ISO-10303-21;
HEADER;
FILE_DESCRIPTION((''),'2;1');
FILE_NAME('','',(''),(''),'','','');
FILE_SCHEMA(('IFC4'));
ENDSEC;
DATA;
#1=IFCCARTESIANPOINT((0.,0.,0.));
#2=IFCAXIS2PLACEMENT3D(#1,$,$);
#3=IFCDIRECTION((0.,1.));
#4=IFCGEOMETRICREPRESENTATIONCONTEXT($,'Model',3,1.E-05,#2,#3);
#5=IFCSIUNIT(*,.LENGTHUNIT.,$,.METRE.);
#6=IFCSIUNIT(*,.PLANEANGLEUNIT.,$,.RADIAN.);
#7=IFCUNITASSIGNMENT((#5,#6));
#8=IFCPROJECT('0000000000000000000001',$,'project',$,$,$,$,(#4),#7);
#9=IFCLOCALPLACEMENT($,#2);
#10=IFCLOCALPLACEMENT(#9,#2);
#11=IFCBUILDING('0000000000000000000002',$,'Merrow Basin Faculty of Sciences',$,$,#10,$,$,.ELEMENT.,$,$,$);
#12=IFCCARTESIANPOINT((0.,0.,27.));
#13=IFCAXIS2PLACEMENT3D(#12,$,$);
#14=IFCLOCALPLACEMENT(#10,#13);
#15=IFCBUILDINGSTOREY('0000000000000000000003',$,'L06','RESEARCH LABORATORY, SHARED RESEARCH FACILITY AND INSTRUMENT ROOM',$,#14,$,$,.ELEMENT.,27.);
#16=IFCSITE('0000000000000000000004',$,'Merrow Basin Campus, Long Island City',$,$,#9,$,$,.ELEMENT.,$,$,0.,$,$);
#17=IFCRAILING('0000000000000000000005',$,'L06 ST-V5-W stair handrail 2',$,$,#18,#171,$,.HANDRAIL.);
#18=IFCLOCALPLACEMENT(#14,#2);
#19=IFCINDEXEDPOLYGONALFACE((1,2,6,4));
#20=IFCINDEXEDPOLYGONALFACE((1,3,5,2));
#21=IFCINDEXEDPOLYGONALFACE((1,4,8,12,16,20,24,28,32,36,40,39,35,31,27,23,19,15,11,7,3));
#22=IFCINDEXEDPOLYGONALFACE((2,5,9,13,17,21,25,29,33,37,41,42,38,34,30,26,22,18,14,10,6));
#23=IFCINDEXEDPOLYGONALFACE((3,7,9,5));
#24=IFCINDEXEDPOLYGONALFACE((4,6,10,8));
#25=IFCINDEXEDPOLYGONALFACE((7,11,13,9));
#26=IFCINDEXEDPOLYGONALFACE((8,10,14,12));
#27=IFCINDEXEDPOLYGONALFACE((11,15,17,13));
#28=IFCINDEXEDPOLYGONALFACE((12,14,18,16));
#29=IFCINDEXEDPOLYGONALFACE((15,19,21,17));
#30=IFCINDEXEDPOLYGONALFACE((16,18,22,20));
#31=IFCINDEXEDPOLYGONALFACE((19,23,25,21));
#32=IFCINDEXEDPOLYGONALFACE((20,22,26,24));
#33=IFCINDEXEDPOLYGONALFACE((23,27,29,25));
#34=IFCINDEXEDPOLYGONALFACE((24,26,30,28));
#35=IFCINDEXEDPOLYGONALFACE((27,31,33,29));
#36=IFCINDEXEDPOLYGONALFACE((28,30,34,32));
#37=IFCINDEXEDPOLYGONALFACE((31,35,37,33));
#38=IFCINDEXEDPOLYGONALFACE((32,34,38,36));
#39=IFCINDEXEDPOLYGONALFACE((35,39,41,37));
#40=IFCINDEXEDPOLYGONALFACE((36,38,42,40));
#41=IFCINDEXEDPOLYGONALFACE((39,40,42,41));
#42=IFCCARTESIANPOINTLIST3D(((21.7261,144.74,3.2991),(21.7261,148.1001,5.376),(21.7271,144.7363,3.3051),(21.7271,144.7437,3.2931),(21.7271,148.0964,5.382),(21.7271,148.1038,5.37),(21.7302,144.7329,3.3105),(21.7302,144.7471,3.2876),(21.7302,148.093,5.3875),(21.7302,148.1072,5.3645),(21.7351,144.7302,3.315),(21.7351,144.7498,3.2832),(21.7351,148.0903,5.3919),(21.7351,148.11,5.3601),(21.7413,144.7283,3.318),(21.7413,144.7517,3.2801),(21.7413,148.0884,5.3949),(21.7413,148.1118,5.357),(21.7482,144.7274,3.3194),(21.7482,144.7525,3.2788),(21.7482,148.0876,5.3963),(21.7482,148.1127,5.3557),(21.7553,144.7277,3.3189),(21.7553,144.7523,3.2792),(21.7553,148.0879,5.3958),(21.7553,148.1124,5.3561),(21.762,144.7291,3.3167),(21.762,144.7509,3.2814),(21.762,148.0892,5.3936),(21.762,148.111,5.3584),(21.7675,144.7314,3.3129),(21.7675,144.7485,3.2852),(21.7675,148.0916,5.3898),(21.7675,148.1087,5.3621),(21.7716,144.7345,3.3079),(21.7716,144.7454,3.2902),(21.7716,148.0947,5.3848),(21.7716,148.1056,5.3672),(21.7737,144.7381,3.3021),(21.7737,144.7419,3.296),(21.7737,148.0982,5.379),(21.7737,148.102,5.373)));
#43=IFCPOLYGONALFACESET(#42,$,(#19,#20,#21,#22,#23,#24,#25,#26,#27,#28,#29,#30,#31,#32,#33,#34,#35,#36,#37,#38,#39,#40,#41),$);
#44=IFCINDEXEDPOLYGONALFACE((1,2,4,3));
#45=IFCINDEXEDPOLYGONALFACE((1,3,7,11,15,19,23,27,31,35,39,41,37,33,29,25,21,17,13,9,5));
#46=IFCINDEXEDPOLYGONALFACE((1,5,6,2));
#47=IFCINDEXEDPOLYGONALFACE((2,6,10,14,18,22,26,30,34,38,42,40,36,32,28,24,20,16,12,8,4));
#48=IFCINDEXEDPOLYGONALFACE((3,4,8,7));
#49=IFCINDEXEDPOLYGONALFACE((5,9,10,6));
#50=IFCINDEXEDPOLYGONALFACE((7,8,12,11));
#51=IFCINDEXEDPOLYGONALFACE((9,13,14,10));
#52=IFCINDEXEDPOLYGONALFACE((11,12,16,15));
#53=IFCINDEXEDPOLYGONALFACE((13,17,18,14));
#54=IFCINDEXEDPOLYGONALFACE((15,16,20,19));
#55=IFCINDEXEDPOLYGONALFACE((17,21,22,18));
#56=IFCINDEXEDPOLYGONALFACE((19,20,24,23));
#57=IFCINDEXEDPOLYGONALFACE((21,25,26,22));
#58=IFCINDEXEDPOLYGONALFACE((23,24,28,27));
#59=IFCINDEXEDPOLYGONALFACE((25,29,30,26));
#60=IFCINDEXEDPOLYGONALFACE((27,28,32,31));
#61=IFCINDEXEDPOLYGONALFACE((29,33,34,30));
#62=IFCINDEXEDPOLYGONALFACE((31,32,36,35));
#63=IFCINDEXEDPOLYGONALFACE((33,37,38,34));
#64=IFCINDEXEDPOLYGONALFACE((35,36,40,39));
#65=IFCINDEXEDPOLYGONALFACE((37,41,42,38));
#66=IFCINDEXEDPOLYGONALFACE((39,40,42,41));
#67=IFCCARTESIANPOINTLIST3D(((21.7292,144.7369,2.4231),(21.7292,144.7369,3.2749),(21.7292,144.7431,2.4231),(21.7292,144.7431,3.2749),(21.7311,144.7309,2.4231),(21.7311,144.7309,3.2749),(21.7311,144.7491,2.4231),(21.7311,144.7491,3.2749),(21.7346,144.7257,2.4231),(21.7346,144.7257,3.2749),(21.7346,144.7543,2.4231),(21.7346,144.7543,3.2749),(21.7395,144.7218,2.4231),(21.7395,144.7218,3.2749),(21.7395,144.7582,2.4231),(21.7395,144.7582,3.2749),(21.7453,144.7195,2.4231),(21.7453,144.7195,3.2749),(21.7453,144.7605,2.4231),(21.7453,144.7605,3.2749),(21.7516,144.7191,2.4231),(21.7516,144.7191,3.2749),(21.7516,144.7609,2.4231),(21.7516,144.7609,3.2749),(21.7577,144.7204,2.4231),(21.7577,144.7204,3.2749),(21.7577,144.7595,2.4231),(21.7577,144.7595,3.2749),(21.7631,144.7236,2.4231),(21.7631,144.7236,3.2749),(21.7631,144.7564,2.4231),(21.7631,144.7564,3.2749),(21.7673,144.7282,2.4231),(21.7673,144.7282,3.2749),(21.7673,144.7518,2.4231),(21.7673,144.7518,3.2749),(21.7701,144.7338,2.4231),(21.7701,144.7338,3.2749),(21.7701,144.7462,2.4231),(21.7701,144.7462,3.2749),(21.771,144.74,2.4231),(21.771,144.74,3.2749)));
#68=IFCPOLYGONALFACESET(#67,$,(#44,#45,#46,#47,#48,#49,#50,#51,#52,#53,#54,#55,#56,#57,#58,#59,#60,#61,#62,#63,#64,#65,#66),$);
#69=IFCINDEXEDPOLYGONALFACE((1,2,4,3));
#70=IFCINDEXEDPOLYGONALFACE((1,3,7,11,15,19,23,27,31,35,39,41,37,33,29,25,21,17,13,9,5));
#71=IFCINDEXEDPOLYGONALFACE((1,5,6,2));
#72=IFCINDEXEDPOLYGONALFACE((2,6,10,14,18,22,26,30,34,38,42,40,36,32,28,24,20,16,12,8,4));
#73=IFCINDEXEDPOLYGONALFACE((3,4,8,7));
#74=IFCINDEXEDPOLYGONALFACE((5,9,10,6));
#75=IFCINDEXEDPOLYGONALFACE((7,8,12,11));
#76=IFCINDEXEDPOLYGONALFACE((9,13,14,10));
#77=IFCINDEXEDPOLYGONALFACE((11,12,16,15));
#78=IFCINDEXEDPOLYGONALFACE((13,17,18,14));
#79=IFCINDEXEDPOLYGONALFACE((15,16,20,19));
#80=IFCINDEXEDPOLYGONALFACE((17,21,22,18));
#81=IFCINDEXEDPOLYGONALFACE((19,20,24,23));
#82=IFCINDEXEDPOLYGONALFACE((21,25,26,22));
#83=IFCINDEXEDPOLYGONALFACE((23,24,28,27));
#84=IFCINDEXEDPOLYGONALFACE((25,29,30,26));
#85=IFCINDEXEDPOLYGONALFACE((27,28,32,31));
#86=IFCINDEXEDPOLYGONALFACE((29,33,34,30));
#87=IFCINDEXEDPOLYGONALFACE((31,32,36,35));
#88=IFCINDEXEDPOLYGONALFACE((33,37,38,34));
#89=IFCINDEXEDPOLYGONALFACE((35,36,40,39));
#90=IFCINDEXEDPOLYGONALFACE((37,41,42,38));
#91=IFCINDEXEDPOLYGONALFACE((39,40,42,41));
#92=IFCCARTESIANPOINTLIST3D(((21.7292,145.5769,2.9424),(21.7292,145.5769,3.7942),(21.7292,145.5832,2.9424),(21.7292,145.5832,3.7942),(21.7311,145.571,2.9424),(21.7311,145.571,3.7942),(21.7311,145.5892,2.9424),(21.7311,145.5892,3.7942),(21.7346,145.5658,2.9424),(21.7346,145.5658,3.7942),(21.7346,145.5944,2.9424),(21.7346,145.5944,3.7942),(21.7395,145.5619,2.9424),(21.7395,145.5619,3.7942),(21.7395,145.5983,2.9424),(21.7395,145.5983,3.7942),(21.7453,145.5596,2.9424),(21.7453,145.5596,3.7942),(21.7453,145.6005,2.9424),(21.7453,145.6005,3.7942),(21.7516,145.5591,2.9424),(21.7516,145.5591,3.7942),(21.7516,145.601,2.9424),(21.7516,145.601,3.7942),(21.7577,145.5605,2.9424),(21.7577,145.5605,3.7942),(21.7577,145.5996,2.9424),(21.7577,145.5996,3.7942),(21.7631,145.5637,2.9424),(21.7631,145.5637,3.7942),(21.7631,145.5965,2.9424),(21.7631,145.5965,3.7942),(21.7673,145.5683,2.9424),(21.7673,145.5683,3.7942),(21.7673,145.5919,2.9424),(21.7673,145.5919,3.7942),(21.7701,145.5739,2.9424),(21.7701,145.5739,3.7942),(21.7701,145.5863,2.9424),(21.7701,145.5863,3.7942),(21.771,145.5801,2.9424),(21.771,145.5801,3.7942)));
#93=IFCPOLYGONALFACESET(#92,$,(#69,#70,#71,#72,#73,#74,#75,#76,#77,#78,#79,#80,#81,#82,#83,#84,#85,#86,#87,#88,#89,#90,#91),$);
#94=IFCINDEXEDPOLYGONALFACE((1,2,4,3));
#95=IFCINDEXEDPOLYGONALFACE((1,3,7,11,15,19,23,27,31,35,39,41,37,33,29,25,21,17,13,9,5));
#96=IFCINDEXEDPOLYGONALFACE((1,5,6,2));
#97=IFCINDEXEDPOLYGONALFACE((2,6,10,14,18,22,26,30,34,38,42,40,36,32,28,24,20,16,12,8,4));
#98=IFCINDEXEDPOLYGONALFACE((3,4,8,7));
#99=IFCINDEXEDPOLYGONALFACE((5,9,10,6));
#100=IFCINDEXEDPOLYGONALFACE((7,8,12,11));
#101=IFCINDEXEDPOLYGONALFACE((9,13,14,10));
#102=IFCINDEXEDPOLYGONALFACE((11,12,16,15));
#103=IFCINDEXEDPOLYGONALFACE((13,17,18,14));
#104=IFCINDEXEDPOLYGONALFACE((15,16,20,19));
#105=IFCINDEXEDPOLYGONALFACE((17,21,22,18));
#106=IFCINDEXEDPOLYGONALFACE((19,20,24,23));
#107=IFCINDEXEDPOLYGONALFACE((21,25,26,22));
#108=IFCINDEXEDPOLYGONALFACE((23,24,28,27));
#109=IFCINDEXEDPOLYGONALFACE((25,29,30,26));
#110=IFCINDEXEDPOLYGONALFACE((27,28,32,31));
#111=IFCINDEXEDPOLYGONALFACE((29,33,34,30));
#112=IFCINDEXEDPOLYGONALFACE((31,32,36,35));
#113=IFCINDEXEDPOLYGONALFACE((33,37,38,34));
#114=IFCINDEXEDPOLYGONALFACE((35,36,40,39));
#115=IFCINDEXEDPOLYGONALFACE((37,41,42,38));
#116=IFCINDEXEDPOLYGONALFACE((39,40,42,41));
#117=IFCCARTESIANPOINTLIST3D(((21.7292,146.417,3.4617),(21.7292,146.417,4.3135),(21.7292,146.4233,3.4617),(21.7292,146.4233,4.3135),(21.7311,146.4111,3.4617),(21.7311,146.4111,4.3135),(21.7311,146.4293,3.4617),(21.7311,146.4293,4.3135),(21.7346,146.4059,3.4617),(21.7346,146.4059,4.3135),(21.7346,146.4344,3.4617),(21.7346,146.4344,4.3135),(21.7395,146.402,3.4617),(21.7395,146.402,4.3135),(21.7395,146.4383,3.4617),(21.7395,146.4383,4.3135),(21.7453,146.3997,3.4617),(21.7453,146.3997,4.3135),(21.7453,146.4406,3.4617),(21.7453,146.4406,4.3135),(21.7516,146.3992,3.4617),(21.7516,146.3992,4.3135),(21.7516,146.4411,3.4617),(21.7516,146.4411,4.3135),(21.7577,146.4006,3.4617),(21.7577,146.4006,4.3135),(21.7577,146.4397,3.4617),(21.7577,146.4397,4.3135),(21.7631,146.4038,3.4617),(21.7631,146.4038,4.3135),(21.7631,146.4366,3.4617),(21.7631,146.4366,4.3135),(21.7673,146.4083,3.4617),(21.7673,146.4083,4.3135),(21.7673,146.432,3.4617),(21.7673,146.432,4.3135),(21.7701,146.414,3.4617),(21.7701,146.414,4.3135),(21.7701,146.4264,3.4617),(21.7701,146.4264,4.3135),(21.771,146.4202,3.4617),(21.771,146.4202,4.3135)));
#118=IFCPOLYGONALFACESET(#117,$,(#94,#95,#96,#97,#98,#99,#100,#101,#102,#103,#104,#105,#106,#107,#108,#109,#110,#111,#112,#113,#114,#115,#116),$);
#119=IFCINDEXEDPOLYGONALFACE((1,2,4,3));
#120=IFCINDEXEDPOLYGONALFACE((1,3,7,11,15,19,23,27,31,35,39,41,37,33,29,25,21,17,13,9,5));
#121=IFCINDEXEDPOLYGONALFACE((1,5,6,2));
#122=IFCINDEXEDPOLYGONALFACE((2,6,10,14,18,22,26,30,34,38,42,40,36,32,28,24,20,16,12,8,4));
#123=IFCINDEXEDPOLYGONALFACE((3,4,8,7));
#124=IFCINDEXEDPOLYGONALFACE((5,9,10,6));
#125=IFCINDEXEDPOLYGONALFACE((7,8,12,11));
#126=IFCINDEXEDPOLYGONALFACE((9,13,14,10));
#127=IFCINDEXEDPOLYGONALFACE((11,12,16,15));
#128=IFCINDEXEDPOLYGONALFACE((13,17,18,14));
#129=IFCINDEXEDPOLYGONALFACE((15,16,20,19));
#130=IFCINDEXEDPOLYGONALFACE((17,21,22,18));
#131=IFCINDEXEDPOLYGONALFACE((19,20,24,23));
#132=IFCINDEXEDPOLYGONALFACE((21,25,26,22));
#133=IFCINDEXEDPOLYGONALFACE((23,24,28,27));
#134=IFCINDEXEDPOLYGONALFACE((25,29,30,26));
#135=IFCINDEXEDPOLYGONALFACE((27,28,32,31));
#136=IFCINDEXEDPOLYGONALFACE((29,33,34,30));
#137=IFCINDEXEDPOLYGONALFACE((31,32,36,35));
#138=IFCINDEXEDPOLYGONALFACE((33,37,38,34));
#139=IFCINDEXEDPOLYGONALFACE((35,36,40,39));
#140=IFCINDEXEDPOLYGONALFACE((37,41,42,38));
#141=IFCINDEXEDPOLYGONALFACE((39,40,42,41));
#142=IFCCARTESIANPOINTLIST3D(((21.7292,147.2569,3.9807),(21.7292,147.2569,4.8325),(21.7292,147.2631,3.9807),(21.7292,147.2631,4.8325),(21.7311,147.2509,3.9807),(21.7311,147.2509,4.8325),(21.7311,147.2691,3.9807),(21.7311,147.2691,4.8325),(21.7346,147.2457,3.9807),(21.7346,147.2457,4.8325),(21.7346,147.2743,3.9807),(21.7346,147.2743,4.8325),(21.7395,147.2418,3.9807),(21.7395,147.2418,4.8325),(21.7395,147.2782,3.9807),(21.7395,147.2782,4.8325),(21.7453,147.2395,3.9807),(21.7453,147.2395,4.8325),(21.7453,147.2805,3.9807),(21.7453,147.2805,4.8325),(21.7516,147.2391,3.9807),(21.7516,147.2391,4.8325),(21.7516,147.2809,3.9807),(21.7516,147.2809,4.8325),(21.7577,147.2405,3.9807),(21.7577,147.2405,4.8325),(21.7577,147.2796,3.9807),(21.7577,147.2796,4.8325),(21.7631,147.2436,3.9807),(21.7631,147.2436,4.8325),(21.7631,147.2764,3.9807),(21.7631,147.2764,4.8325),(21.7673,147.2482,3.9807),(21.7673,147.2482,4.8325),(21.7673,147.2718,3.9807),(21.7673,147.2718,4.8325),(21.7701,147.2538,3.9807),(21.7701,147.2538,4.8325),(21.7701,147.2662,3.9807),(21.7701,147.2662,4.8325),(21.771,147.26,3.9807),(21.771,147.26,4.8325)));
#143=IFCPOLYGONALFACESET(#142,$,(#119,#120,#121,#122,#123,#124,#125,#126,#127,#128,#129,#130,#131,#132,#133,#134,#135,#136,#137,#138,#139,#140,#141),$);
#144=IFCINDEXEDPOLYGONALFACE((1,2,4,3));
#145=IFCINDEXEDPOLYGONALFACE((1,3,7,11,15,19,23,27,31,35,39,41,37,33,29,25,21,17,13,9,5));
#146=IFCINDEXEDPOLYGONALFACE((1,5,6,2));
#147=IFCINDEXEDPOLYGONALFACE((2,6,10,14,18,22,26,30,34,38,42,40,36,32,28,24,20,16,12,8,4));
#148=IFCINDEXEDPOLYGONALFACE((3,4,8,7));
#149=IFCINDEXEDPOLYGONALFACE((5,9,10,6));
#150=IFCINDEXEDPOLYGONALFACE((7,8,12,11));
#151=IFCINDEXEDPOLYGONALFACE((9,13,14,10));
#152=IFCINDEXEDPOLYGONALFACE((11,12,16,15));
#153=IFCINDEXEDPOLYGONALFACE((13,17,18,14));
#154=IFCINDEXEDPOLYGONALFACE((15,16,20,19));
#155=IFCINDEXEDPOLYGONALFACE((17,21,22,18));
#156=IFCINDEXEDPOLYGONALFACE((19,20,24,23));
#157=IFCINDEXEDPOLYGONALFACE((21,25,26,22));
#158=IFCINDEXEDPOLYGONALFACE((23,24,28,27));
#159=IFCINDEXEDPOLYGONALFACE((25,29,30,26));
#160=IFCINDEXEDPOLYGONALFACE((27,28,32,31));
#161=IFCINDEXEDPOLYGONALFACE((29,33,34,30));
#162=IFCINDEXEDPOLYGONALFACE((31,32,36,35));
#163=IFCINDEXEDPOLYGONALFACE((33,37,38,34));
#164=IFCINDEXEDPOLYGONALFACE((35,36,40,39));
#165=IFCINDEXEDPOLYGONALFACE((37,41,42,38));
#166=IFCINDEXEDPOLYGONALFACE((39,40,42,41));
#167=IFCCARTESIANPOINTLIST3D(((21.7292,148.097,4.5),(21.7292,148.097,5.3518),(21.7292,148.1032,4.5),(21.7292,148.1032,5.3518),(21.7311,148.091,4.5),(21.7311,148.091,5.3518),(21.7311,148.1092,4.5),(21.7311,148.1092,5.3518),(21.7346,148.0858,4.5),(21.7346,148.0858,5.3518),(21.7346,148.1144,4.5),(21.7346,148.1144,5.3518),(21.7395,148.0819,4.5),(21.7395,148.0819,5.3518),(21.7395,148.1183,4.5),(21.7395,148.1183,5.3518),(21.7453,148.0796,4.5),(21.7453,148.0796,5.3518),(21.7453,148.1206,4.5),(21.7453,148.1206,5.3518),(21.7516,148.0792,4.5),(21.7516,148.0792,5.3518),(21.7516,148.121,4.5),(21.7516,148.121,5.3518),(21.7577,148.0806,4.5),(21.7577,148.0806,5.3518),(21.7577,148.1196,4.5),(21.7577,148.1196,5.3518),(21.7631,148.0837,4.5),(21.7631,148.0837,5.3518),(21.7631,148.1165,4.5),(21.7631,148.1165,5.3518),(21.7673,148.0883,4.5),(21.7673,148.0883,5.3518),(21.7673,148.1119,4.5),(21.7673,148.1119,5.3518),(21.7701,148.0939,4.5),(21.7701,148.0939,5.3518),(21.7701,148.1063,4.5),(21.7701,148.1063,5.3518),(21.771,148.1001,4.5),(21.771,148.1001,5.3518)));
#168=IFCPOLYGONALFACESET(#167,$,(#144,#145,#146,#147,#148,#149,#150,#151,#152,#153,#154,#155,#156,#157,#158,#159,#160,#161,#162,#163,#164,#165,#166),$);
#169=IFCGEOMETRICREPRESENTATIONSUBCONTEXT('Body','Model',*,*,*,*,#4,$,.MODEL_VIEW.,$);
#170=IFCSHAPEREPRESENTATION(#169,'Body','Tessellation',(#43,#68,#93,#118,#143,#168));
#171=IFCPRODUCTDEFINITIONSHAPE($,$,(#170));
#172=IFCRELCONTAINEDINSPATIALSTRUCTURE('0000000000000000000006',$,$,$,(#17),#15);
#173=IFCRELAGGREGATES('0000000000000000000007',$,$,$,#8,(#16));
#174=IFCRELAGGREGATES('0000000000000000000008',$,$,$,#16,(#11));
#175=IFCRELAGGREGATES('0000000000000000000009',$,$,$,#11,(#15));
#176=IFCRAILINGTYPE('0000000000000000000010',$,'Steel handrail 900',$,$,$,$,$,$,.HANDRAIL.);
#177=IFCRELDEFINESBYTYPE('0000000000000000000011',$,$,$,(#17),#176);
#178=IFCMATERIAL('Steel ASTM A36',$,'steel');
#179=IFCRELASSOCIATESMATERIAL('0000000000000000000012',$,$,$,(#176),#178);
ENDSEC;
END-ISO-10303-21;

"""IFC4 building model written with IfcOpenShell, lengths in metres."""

from ifc_helpers import new_model, si_unit, direction, frame, origin, origin_2d, place, context, subcontext, project, spatial, circle, extrude, material, type_object, element, save


model = new_model("IFC4")

# Units and contexts
model_context = context("Model", 3, precision=1e-05, world=origin(), true_north=direction((0.0, 1.0)))
body_context = subcontext(model_context, "Body", "Model", "MODEL_VIEW")
ifc_project = project(units=[si_unit("LENGTHUNIT", "METRE"), si_unit("PLANEANGLEUNIT", "RADIAN")], contexts=[model_context])

# Site, building, storey
site_placement = place(None, origin())
site = spatial("IfcSite", under=ifc_project, at=site_placement, Name="Merrow Basin Campus, Long Island City", CompositionType="ELEMENT", RefElevation=0.0)
building_placement = place(site_placement, origin())
building = spatial("IfcBuilding", under=site, at=building_placement, Name="Merrow Basin Faculty of Sciences", CompositionType="ELEMENT")
storey_placement = place(building_placement, frame((0.0, 0.0, 27.0)))
storey = spatial("IfcBuildingStorey", under=building, at=storey_placement, Name="L06", Description="RESEARCH LABORATORY, SHARED RESEARCH FACILITY AND INSTRUMENT ROOM", CompositionType="ELEMENT", Elevation=27.0)

# Railing
ifc_material_1 = material(Name="Steel ASTM A36", Category="steel")
railing_type_1 = type_object("IfcRailingType", Name="Steel handrail 900", PredefinedType="HANDRAIL", material=ifc_material_1)
railing_1_placement = place(storey_placement, frame((21.75, 144.74, 2.4231)))
element("IfcRailing", 1, at=railing_1_placement, inside=storey, type_object=railing_type_1, Name="L06 ST-V5-W stair handrail 2", PredefinedType="HANDRAIL", context=body_context, shape_type="SweptSolid", body=[
    extrude(circle(Radius=0.0239, at=origin_2d()), frame((0.0, 0.0, 0.876), z_axis=(0.0, 0.850623, 0.525776), x_axis=(-1.0, 0.0, 0.0)), (0.0, 0.0, 1.0), 3.9502),
    extrude(circle(Radius=0.021, at=origin_2d()), origin(), (0.0, 0.0, 1.0), 0.8518),
    extrude(circle(Radius=0.021, at=origin_2d()), frame((0.0, 0.8401, 0.5193)), (0.0, 0.0, 1.0), 0.8518),
    extrude(circle(Radius=0.021, at=origin_2d()), frame((0.0, 1.6802, 1.0386)), (0.0, 0.0, 1.0), 0.8518),
    extrude(circle(Radius=0.021, at=origin_2d()), frame((0.0, 2.52, 1.5576)), (0.0, 0.0, 1.0), 0.8518),
    extrude(circle(Radius=0.021, at=origin_2d()), frame((0.0, 3.3601, 2.0769)), (0.0, 0.0, 1.0), 0.8518),
])

save(model, "model.ifc")
